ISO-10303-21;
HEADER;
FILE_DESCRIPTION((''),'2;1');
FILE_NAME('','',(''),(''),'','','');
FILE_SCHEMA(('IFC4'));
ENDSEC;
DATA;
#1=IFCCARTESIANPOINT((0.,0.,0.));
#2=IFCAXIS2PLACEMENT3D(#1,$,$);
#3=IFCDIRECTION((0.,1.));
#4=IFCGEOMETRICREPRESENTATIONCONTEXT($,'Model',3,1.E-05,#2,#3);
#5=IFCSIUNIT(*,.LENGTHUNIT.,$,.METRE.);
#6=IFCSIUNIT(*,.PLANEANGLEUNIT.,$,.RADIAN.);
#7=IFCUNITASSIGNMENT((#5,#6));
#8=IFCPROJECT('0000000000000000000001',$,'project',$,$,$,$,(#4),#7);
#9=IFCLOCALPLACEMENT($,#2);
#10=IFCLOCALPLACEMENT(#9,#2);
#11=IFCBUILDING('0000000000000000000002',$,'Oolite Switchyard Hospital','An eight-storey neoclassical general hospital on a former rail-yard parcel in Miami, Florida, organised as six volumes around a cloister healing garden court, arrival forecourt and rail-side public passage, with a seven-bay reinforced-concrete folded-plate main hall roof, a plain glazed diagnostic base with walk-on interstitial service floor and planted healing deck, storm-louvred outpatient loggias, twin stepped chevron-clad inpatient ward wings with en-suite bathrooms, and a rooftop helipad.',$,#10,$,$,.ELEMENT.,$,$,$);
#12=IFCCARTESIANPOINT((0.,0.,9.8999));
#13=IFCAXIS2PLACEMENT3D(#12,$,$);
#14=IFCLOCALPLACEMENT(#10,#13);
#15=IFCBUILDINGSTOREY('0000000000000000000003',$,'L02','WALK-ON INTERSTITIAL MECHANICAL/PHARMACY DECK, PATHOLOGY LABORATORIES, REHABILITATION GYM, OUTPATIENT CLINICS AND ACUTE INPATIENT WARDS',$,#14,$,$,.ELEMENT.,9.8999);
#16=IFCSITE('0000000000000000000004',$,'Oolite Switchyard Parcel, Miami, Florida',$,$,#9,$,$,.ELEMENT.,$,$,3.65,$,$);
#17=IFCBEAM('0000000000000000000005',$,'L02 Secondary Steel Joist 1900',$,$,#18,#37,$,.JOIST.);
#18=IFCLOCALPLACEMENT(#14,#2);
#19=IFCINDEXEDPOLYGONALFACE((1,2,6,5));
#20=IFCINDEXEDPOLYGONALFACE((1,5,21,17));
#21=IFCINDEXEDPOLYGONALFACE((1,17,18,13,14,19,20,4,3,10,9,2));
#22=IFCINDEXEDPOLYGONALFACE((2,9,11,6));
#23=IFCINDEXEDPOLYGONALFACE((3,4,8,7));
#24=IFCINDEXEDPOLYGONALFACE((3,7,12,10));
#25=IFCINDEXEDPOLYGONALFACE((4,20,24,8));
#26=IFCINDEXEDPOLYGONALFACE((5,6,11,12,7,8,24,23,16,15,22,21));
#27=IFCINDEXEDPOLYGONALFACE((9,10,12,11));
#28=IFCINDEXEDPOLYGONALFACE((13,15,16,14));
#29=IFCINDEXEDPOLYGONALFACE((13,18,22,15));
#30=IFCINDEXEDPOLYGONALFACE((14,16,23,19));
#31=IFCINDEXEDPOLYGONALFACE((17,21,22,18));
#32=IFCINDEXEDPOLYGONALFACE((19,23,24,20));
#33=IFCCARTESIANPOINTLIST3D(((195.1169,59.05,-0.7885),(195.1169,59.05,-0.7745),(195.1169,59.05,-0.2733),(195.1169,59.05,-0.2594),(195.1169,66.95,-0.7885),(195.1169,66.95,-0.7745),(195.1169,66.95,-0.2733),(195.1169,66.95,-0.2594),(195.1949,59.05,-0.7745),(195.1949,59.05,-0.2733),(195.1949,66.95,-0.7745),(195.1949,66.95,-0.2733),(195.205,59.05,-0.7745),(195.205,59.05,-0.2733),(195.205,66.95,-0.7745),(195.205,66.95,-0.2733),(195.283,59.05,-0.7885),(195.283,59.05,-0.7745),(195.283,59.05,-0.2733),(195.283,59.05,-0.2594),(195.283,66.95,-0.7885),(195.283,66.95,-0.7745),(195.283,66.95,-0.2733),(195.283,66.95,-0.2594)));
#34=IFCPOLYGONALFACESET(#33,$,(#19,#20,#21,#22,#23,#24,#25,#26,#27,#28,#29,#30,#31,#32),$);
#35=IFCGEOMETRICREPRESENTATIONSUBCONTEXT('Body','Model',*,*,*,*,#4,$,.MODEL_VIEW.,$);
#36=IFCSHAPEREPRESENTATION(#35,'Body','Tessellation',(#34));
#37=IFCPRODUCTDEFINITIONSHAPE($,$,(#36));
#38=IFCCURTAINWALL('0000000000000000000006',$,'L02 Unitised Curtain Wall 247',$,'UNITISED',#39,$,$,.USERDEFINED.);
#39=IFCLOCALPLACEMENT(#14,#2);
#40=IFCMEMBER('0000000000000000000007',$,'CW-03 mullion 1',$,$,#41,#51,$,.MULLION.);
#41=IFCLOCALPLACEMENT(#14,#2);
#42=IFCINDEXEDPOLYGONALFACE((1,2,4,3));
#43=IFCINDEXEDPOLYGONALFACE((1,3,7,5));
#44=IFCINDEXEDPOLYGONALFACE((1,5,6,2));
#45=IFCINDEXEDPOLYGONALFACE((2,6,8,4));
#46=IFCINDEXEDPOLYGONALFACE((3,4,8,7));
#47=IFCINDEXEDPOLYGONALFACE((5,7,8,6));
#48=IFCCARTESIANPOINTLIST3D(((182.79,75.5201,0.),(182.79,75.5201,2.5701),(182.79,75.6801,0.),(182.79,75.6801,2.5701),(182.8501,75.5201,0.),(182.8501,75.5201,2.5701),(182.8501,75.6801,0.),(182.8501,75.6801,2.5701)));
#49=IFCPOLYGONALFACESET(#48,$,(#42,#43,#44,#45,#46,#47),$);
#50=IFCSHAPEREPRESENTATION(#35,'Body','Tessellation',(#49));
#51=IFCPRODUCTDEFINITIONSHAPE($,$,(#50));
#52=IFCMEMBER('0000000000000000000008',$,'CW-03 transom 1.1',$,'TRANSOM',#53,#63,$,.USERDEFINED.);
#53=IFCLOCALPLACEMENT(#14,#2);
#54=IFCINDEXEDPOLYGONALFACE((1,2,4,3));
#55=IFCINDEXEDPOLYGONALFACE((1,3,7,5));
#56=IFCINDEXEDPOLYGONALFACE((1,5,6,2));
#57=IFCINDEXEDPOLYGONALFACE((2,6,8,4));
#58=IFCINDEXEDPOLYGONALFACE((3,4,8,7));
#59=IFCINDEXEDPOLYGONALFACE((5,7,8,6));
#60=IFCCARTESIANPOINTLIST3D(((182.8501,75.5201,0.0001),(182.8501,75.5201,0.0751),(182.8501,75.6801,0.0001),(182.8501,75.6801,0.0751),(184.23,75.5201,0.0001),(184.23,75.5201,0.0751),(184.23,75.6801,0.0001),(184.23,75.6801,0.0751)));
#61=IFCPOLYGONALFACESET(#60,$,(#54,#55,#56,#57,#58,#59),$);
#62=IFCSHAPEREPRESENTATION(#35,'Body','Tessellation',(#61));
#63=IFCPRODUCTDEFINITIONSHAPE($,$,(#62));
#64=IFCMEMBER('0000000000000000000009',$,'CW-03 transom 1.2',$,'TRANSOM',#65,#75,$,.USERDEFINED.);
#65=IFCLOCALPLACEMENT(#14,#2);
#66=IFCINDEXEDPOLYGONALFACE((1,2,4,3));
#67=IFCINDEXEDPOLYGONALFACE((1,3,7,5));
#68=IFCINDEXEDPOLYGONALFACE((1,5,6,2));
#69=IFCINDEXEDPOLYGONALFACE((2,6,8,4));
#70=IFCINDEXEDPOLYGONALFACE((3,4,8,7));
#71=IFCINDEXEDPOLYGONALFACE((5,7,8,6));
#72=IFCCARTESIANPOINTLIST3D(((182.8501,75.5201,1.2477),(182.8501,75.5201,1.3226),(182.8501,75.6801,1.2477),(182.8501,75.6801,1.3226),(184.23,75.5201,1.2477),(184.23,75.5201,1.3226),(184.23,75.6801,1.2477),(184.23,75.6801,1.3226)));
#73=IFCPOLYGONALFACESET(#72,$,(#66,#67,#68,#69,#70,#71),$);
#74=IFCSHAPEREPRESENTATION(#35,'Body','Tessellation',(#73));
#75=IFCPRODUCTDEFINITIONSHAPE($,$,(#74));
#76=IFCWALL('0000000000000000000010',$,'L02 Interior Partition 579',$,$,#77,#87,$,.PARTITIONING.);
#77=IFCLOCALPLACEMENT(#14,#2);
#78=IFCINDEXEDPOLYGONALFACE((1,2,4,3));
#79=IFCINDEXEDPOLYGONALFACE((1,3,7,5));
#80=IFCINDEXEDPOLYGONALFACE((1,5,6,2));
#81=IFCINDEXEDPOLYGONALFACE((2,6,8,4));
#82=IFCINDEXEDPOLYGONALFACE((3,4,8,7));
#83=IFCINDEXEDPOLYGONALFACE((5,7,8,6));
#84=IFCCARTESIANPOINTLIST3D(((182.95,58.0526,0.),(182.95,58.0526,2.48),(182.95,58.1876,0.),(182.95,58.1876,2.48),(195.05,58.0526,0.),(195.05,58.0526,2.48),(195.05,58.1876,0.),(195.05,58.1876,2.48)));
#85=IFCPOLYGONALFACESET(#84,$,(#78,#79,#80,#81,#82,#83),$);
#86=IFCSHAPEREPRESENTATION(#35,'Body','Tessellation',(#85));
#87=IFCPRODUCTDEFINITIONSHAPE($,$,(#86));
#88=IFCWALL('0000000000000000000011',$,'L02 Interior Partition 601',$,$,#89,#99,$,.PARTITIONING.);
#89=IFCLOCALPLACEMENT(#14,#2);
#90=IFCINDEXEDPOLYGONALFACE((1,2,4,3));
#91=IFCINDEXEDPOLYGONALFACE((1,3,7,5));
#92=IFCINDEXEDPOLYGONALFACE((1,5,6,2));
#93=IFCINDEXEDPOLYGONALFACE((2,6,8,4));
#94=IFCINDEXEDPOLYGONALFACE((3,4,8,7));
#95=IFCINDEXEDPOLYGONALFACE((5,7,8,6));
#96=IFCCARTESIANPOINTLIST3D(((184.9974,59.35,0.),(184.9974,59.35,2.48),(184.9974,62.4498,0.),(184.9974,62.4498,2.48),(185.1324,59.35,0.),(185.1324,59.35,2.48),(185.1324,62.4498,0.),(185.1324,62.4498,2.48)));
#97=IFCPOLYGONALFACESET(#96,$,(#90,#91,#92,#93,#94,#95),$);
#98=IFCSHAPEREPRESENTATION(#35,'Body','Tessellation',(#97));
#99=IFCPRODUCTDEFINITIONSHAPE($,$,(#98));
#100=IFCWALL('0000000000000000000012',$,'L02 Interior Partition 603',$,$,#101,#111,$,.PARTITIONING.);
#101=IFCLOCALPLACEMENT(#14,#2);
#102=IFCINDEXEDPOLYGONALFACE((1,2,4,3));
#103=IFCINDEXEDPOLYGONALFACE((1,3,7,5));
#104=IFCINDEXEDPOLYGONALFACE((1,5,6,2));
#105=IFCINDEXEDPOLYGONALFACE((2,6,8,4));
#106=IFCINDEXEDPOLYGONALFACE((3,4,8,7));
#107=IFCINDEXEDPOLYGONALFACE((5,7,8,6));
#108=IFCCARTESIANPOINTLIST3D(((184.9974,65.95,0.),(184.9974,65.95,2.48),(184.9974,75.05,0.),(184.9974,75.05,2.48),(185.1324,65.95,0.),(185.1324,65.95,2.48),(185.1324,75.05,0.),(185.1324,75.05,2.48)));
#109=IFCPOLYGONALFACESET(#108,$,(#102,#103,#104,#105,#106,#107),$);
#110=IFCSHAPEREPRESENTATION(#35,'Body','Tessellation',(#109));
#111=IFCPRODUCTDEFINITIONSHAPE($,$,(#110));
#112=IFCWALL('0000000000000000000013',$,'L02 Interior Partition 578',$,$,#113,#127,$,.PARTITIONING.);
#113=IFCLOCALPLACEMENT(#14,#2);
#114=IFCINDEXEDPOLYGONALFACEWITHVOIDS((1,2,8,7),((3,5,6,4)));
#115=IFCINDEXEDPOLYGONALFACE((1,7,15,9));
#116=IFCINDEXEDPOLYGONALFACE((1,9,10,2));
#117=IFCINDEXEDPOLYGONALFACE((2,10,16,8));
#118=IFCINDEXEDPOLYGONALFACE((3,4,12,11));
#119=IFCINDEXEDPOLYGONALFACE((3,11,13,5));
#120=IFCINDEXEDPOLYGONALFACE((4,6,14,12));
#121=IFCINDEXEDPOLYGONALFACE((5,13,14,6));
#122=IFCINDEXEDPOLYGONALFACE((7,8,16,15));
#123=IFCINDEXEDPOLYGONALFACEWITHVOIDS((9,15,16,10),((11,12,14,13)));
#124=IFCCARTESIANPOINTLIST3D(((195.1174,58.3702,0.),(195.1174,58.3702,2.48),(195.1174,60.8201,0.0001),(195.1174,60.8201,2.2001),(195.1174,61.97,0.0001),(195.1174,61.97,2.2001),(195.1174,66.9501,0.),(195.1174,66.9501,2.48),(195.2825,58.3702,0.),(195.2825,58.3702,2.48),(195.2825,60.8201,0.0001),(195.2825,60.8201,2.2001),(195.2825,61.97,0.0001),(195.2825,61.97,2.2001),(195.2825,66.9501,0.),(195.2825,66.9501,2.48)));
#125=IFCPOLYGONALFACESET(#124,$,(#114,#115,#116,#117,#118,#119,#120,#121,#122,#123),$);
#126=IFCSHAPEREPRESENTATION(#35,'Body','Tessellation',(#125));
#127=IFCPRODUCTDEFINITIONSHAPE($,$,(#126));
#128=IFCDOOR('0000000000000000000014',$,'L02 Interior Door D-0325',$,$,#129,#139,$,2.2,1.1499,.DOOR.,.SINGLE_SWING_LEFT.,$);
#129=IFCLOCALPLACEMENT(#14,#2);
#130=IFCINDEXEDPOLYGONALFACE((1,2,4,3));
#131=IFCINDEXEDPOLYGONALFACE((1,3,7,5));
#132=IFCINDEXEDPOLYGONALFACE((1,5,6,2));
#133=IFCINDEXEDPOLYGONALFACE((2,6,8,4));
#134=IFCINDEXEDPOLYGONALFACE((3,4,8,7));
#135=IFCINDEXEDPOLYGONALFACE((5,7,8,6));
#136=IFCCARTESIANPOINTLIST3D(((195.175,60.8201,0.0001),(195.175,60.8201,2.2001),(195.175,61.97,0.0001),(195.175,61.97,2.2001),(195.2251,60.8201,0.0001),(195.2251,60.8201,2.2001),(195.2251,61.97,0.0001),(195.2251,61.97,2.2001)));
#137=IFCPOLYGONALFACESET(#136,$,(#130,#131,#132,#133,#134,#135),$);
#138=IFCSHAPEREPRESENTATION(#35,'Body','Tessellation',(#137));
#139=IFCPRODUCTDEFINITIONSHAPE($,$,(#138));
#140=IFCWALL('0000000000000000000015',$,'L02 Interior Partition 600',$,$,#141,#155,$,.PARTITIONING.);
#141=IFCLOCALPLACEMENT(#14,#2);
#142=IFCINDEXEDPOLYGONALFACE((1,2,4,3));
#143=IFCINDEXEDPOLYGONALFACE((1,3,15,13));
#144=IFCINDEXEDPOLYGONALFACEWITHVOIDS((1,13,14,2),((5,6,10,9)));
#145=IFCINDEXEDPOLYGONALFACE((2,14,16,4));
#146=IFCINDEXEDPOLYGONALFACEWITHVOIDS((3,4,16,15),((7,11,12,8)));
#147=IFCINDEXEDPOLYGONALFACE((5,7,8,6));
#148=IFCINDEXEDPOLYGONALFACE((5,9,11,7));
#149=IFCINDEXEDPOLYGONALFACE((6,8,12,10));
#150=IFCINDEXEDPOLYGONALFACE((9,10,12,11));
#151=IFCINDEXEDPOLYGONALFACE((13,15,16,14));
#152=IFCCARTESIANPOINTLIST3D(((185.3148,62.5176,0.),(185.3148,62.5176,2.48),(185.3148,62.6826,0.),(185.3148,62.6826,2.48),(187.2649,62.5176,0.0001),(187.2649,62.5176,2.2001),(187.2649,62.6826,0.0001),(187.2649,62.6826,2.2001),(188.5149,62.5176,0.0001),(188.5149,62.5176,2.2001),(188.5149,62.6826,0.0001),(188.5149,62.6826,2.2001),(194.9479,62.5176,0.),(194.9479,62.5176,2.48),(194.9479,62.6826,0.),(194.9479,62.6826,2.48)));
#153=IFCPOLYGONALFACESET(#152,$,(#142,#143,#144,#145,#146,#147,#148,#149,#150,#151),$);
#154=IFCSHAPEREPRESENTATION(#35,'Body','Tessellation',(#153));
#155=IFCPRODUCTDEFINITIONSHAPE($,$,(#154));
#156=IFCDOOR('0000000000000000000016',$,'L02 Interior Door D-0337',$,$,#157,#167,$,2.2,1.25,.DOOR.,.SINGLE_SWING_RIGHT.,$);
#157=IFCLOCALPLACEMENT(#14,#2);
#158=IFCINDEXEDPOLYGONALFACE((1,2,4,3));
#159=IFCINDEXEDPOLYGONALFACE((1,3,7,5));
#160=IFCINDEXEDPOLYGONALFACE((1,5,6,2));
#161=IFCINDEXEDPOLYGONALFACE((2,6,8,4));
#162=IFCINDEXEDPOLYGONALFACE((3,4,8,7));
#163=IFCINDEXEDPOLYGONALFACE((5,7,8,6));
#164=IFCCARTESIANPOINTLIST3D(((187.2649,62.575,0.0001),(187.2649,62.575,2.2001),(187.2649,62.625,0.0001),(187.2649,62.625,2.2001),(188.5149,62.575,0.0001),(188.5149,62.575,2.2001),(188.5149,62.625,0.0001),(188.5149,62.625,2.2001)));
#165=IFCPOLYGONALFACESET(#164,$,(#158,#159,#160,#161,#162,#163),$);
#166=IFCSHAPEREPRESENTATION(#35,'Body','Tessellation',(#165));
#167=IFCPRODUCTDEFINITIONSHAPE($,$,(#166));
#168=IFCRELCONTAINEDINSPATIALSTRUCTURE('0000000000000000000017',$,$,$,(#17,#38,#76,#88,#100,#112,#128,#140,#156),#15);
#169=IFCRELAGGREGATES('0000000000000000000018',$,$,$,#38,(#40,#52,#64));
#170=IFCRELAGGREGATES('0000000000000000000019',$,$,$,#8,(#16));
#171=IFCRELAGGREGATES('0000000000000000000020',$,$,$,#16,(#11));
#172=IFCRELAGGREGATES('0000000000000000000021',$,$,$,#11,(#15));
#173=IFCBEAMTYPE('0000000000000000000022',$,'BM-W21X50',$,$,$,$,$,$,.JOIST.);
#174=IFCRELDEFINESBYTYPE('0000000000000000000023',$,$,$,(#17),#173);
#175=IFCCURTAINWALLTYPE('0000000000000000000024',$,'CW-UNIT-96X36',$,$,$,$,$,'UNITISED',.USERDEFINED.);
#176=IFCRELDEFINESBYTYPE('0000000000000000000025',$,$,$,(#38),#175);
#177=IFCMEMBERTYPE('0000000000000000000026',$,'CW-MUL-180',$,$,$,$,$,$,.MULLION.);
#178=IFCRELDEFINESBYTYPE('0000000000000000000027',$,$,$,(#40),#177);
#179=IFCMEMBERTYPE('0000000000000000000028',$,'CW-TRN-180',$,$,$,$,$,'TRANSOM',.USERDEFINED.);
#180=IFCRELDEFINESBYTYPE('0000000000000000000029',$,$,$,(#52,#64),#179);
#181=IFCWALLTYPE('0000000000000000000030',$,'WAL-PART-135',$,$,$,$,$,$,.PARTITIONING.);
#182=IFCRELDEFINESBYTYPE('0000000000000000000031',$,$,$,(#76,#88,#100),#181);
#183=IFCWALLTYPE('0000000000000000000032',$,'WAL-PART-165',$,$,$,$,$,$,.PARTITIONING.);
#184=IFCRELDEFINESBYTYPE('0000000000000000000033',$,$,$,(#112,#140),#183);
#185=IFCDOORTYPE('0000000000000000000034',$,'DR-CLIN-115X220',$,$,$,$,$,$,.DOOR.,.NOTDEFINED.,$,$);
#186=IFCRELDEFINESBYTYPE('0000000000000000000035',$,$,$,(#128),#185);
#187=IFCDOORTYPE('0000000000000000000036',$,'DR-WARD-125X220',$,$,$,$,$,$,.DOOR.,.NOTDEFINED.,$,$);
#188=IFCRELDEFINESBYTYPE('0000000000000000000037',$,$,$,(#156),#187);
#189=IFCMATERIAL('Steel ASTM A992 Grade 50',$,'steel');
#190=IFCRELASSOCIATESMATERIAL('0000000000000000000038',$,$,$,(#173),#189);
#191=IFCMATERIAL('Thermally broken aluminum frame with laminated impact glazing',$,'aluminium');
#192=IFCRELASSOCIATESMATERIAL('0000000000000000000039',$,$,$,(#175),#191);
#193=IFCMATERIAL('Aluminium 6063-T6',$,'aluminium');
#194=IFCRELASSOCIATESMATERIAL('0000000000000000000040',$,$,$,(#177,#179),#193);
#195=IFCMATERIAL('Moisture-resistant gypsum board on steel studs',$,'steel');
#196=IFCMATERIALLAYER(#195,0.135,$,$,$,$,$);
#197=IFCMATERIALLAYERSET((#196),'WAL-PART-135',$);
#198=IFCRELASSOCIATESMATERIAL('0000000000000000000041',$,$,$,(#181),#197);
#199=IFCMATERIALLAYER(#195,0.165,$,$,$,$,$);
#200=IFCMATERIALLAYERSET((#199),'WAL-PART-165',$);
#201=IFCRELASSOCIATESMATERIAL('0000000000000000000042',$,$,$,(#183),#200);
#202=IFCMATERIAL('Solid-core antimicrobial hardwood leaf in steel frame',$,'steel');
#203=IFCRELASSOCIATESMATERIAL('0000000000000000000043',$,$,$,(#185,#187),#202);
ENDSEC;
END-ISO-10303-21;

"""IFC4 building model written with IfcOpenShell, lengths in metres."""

from ifc_helpers import new_model, si_unit, direction, frame, frame_2d, origin, origin_2d, place, context, subcontext, project, spatial, rectangle, i_section, extrude, material, layer, layer_set, material_profile, profile_set, type_object, element, fill, aggregate, save


model = new_model("IFC4")

# Units and contexts
model_context = context("Model", 3, precision=1e-05, world=origin(), true_north=direction((0.0, 1.0)))
body_context = subcontext(model_context, "Body", "Model", "MODEL_VIEW")
ifc_project = project(units=[si_unit("LENGTHUNIT", "METRE"), si_unit("PLANEANGLEUNIT", "RADIAN")], contexts=[model_context])

# Site, building, storey
site_placement = place(None, origin())
site = spatial("IfcSite", under=ifc_project, at=site_placement, Name="Oolite Switchyard Parcel, Miami, Florida", CompositionType="ELEMENT", RefElevation=3.65)
building_placement = place(site_placement, origin())
building = spatial("IfcBuilding", under=site, at=building_placement, Name="Oolite Switchyard Hospital", Description="An eight-storey neoclassical general hospital on a former rail-yard parcel in Miami, Florida, organised as six volumes around a cloister healing garden court, arrival forecourt and rail-side public passage, with a seven-bay reinforced-concrete folded-plate main hall roof, a plain glazed diagnostic base with walk-on interstitial service floor and planted healing deck, storm-louvred outpatient loggias, twin stepped chevron-clad inpatient ward wings with en-suite bathrooms, and a rooftop helipad.", CompositionType="ELEMENT")
storey_placement = place(building_placement, frame((0.0, 0.0, 9.8999)))
storey = spatial("IfcBuildingStorey", under=building, at=storey_placement, Name="L02", Description="WALK-ON INTERSTITIAL MECHANICAL/PHARMACY DECK, PATHOLOGY LABORATORIES, REHABILITATION GYM, OUTPATIENT CLINICS AND ACUTE INPATIENT WARDS", CompositionType="ELEMENT", Elevation=9.8999)

# Beam
ifc_material_1 = material(Name="Steel ASTM A992 Grade 50", Category="steel")
ifc_material_profile_1 = material_profile(ifc_material_1, i_section(OverallWidth=0.166, OverallDepth=0.5291, WebThickness=0.01, FlangeThickness=0.0139, at=origin_2d()), Name="W21X50")
ifc_profile_set_1 = profile_set([ifc_material_profile_1], Name="Steel ASTM A992 Grade 50")
beam_type_1 = type_object("IfcBeamType", Name="BM-W21X50", PredefinedType="JOIST", material=ifc_profile_set_1)
beam_1_placement = place(storey_placement, frame((195.2, 59.05, -0.5239), z_axis=(0.0, 1.0, 0.0), x_axis=(-1.0, 0.0, 0.0)))
element("IfcBeam", 1, at=beam_1_placement, inside=storey, type_object=beam_type_1, Name="L02 Secondary Steel Joist 1900", PredefinedType="JOIST", context=body_context, shape_type="SweptSolid", body=[
    extrude(i_section(OverallWidth=0.166, OverallDepth=0.5291, WebThickness=0.01, FlangeThickness=0.0139, at=origin_2d()), origin(), (0.0, 0.0, 1.0), 7.8999),
])

# Curtain wall, members
ifc_material_2 = material(Name="Thermally broken aluminum frame with laminated impact glazing", Category="aluminium")
curtain_wall_type = type_object("IfcCurtainWallType", Name="CW-UNIT-96X36", ElementType="UNITISED", PredefinedType="USERDEFINED", material=ifc_material_2)
curtain_wall_placement = place(storey_placement, origin())
curtain_wall = element("IfcCurtainWall", 2, at=curtain_wall_placement, inside=storey, type_object=curtain_wall_type, Name="L02 Unitised Curtain Wall 247", ObjectType="UNITISED", PredefinedType="USERDEFINED")
ifc_material_3 = material(Name="Aluminium 6063-T6", Category="aluminium")
ifc_material_profile_2 = material_profile(ifc_material_3, rectangle(XDim=0.1599, YDim=0.0601, at=origin_2d()), Name="CWM60X160")
ifc_profile_set_2 = profile_set([ifc_material_profile_2], Name="Aluminium 6063-T6")
member_type_1 = type_object("IfcMemberType", Name="CW-MUL-180", PredefinedType="MULLION", material=ifc_profile_set_2)
member_1_placement = place(storey_placement, frame((182.8201, 75.6001, 0.0), z_axis=(0.0, 0.0, 1.0), x_axis=(0.0, 1.0, 0.0)))
member_1 = element("IfcMember", 3, at=member_1_placement, type_object=member_type_1, Name="CW-03 mullion 1", PredefinedType="MULLION", context=body_context, shape_type="SweptSolid", body=[
    extrude(rectangle(XDim=0.1599, YDim=0.0601, at=origin_2d()), origin(), (0.0, 0.0, 1.0), 2.5701),
])
ifc_material_profile_3 = material_profile(ifc_material_3, rectangle(XDim=0.1599, YDim=0.075, at=origin_2d()), Name="CWT75X160")
ifc_profile_set_3 = profile_set([ifc_material_profile_3], Name="Aluminium 6063-T6")
member_type_2 = type_object("IfcMemberType", Name="CW-TRN-180", ElementType="TRANSOM", PredefinedType="USERDEFINED", material=ifc_profile_set_3)
member_2_placement = place(storey_placement, frame((182.8501, 75.6001, 0.0376), z_axis=(1.0, 0.0, 0.0), x_axis=(0.0, 1.0, 0.0)))
member_2 = element("IfcMember", 4, at=member_2_placement, type_object=member_type_2, Name="CW-03 transom 1.1", ObjectType="TRANSOM", PredefinedType="USERDEFINED", context=body_context, shape_type="SweptSolid", body=[
    extrude(rectangle(XDim=0.1599, YDim=0.075, at=origin_2d()), origin(), (0.0, 0.0, 1.0), 1.3799),
])
member_3_placement = place(storey_placement, frame((182.8501, 75.6001, 1.2852), z_axis=(1.0, 0.0, 0.0), x_axis=(0.0, 1.0, 0.0)))
member_3 = element("IfcMember", 5, at=member_3_placement, type_object=member_type_2, Name="CW-03 transom 1.2", ObjectType="TRANSOM", PredefinedType="USERDEFINED", context=body_context, shape_type="SweptSolid", body=[
    extrude(rectangle(XDim=0.1599, YDim=0.075, at=origin_2d()), origin(), (0.0, 0.0, 1.0), 1.3799),
])
aggregate(curtain_wall, [member_1, member_2, member_3])

# Walls
ifc_material_4 = material(Name="Moisture-resistant gypsum board on steel studs", Category="steel")
ifc_layer_1 = layer(ifc_material_4, 0.135)
ifc_layer_set_1 = layer_set([ifc_layer_1], Name="WAL-PART-135")
wall_type_1 = type_object("IfcWallType", Name="WAL-PART-135", PredefinedType="PARTITIONING", material=ifc_layer_set_1)
wall_1_placement = place(storey_placement, frame((182.95, 58.1201, 0.0), z_axis=(0.0, 0.0, 1.0), x_axis=(1.0, 0.0, 0.0)))
element("IfcWall", 6, at=wall_1_placement, inside=storey, type_object=wall_type_1, Name="L02 Interior Partition 579", PredefinedType="PARTITIONING", context=body_context, shape_type="SweptSolid", body=[
    extrude(rectangle(XDim=12.1001, YDim=0.135, at=frame_2d((6.05, 0.0))), origin(), (0.0, 0.0, 1.0), 2.48),
])
wall_2_placement = place(storey_placement, frame((185.0649, 59.3501, 0.0), z_axis=(0.0, 0.0, 1.0), x_axis=(0.0, 1.0, 0.0)))
element("IfcWall", 7, at=wall_2_placement, inside=storey, type_object=wall_type_1, Name="L02 Interior Partition 601", PredefinedType="PARTITIONING", context=body_context, shape_type="SweptSolid", body=[
    extrude(rectangle(XDim=3.0999, YDim=0.135, at=frame_2d((1.5498, 0.0))), origin(), (0.0, 0.0, 1.0), 2.48),
])
wall_3_placement = place(storey_placement, frame((185.0649, 65.95, 0.0), z_axis=(0.0, 0.0, 1.0), x_axis=(0.0, 1.0, 0.0)))
element("IfcWall", 8, at=wall_3_placement, inside=storey, type_object=wall_type_1, Name="L02 Interior Partition 603", PredefinedType="PARTITIONING", context=body_context, shape_type="SweptSolid", body=[
    extrude(rectangle(XDim=9.1001, YDim=0.135, at=frame_2d((4.55, 0.0))), origin(), (0.0, 0.0, 1.0), 2.48),
])

# Walls, openings, doors
ifc_layer_2 = layer(ifc_material_4, 0.165)
ifc_layer_set_2 = layer_set([ifc_layer_2], Name="WAL-PART-165")
wall_type_2 = type_object("IfcWallType", Name="WAL-PART-165", PredefinedType="PARTITIONING", material=ifc_layer_set_2)
wall_4_placement = place(storey_placement, frame((195.2, 58.3701, 0.0), z_axis=(0.0, 0.0, 1.0), x_axis=(0.0, 1.0, 0.0)))
wall_4 = element("IfcWall", 9, at=wall_4_placement, inside=storey, type_object=wall_type_2, Name="L02 Interior Partition 578", PredefinedType="PARTITIONING", context=body_context, shape_type="SweptSolid", body=[
    extrude(rectangle(XDim=8.5798, YDim=0.165, at=frame_2d((4.29, 0.0))), origin(), (0.0, 0.0, 1.0), 2.48),
])
opening_1_placement = place(wall_4_placement, frame((2.45, 0.0, 0.0)))
opening_1 = element("IfcOpeningElement", 10, at=opening_1_placement, cuts=wall_4, PredefinedType="OPENING", context=body_context, shape_type="SweptSolid", body=[
    extrude(rectangle(XDim=1.1499, YDim=2.2, at=frame_2d((0.575, 1.1001))), frame((0.0, 0.0925, 0.0), z_axis=(0.0, -1.0, 0.0), x_axis=(1.0, 0.0, 0.0)), (0.0, 0.0, 1.0), 0.1851),
])
ifc_material_5 = material(Name="Solid-core antimicrobial hardwood leaf in steel frame", Category="steel")
door_type_1 = type_object("IfcDoorType", Name="DR-CLIN-115X220", OperationType="NOTDEFINED", PredefinedType="DOOR", material=ifc_material_5)
door_1_placement = place(opening_1_placement, origin())
door_1 = element("IfcDoor", 11, at=door_1_placement, inside=storey, type_object=door_type_1, Name="L02 Interior Door D-0325", OperationType="SINGLE_SWING_LEFT", OverallHeight=2.2, OverallWidth=1.1499, PredefinedType="DOOR", context=body_context, shape_type="SweptSolid", body=[
    extrude(rectangle(XDim=1.1499, YDim=2.2, at=frame_2d((0.575, 1.1001))), frame((0.0, 0.0249, 0.0), z_axis=(0.0, -1.0, 0.0), x_axis=(1.0, 0.0, 0.0)), (0.0, 0.0, 1.0), 0.05),
])
fill(opening_1, door_1)
wall_5_placement = place(storey_placement, frame((185.3149, 62.6001, 0.0), z_axis=(0.0, 0.0, 1.0), x_axis=(1.0, 0.0, 0.0)))
wall_5 = element("IfcWall", 12, at=wall_5_placement, inside=storey, type_object=wall_type_2, Name="L02 Interior Partition 600", PredefinedType="PARTITIONING", context=body_context, shape_type="SweptSolid", body=[
    extrude(rectangle(XDim=9.6331, YDim=0.165, at=frame_2d((4.8164, 0.0))), origin(), (0.0, 0.0, 1.0), 2.48),
])
opening_2_placement = place(wall_5_placement, frame((1.95, 0.0, 0.0)))
opening_2 = element("IfcOpeningElement", 13, at=opening_2_placement, cuts=wall_5, PredefinedType="OPENING", context=body_context, shape_type="SweptSolid", body=[
    extrude(rectangle(XDim=1.25, YDim=2.2, at=frame_2d((0.625, 1.1001))), frame((0.0, 0.0925, 0.0), z_axis=(0.0, -1.0, 0.0), x_axis=(1.0, 0.0, 0.0)), (0.0, 0.0, 1.0), 0.1851),
])
door_type_2 = type_object("IfcDoorType", Name="DR-WARD-125X220", OperationType="NOTDEFINED", PredefinedType="DOOR", material=ifc_material_5)
door_2_placement = place(opening_2_placement, origin())
door_2 = element("IfcDoor", 14, at=door_2_placement, inside=storey, type_object=door_type_2, Name="L02 Interior Door D-0337", OperationType="SINGLE_SWING_RIGHT", OverallHeight=2.2, OverallWidth=1.25, PredefinedType="DOOR", context=body_context, shape_type="SweptSolid", body=[
    extrude(rectangle(XDim=1.25, YDim=2.2, at=frame_2d((0.625, 1.1001))), frame((0.0, 0.0249, 0.0), z_axis=(0.0, -1.0, 0.0), x_axis=(1.0, 0.0, 0.0)), (0.0, 0.0, 1.0), 0.05),
])
fill(opening_2, door_2)

save(model, "model.ifc")
